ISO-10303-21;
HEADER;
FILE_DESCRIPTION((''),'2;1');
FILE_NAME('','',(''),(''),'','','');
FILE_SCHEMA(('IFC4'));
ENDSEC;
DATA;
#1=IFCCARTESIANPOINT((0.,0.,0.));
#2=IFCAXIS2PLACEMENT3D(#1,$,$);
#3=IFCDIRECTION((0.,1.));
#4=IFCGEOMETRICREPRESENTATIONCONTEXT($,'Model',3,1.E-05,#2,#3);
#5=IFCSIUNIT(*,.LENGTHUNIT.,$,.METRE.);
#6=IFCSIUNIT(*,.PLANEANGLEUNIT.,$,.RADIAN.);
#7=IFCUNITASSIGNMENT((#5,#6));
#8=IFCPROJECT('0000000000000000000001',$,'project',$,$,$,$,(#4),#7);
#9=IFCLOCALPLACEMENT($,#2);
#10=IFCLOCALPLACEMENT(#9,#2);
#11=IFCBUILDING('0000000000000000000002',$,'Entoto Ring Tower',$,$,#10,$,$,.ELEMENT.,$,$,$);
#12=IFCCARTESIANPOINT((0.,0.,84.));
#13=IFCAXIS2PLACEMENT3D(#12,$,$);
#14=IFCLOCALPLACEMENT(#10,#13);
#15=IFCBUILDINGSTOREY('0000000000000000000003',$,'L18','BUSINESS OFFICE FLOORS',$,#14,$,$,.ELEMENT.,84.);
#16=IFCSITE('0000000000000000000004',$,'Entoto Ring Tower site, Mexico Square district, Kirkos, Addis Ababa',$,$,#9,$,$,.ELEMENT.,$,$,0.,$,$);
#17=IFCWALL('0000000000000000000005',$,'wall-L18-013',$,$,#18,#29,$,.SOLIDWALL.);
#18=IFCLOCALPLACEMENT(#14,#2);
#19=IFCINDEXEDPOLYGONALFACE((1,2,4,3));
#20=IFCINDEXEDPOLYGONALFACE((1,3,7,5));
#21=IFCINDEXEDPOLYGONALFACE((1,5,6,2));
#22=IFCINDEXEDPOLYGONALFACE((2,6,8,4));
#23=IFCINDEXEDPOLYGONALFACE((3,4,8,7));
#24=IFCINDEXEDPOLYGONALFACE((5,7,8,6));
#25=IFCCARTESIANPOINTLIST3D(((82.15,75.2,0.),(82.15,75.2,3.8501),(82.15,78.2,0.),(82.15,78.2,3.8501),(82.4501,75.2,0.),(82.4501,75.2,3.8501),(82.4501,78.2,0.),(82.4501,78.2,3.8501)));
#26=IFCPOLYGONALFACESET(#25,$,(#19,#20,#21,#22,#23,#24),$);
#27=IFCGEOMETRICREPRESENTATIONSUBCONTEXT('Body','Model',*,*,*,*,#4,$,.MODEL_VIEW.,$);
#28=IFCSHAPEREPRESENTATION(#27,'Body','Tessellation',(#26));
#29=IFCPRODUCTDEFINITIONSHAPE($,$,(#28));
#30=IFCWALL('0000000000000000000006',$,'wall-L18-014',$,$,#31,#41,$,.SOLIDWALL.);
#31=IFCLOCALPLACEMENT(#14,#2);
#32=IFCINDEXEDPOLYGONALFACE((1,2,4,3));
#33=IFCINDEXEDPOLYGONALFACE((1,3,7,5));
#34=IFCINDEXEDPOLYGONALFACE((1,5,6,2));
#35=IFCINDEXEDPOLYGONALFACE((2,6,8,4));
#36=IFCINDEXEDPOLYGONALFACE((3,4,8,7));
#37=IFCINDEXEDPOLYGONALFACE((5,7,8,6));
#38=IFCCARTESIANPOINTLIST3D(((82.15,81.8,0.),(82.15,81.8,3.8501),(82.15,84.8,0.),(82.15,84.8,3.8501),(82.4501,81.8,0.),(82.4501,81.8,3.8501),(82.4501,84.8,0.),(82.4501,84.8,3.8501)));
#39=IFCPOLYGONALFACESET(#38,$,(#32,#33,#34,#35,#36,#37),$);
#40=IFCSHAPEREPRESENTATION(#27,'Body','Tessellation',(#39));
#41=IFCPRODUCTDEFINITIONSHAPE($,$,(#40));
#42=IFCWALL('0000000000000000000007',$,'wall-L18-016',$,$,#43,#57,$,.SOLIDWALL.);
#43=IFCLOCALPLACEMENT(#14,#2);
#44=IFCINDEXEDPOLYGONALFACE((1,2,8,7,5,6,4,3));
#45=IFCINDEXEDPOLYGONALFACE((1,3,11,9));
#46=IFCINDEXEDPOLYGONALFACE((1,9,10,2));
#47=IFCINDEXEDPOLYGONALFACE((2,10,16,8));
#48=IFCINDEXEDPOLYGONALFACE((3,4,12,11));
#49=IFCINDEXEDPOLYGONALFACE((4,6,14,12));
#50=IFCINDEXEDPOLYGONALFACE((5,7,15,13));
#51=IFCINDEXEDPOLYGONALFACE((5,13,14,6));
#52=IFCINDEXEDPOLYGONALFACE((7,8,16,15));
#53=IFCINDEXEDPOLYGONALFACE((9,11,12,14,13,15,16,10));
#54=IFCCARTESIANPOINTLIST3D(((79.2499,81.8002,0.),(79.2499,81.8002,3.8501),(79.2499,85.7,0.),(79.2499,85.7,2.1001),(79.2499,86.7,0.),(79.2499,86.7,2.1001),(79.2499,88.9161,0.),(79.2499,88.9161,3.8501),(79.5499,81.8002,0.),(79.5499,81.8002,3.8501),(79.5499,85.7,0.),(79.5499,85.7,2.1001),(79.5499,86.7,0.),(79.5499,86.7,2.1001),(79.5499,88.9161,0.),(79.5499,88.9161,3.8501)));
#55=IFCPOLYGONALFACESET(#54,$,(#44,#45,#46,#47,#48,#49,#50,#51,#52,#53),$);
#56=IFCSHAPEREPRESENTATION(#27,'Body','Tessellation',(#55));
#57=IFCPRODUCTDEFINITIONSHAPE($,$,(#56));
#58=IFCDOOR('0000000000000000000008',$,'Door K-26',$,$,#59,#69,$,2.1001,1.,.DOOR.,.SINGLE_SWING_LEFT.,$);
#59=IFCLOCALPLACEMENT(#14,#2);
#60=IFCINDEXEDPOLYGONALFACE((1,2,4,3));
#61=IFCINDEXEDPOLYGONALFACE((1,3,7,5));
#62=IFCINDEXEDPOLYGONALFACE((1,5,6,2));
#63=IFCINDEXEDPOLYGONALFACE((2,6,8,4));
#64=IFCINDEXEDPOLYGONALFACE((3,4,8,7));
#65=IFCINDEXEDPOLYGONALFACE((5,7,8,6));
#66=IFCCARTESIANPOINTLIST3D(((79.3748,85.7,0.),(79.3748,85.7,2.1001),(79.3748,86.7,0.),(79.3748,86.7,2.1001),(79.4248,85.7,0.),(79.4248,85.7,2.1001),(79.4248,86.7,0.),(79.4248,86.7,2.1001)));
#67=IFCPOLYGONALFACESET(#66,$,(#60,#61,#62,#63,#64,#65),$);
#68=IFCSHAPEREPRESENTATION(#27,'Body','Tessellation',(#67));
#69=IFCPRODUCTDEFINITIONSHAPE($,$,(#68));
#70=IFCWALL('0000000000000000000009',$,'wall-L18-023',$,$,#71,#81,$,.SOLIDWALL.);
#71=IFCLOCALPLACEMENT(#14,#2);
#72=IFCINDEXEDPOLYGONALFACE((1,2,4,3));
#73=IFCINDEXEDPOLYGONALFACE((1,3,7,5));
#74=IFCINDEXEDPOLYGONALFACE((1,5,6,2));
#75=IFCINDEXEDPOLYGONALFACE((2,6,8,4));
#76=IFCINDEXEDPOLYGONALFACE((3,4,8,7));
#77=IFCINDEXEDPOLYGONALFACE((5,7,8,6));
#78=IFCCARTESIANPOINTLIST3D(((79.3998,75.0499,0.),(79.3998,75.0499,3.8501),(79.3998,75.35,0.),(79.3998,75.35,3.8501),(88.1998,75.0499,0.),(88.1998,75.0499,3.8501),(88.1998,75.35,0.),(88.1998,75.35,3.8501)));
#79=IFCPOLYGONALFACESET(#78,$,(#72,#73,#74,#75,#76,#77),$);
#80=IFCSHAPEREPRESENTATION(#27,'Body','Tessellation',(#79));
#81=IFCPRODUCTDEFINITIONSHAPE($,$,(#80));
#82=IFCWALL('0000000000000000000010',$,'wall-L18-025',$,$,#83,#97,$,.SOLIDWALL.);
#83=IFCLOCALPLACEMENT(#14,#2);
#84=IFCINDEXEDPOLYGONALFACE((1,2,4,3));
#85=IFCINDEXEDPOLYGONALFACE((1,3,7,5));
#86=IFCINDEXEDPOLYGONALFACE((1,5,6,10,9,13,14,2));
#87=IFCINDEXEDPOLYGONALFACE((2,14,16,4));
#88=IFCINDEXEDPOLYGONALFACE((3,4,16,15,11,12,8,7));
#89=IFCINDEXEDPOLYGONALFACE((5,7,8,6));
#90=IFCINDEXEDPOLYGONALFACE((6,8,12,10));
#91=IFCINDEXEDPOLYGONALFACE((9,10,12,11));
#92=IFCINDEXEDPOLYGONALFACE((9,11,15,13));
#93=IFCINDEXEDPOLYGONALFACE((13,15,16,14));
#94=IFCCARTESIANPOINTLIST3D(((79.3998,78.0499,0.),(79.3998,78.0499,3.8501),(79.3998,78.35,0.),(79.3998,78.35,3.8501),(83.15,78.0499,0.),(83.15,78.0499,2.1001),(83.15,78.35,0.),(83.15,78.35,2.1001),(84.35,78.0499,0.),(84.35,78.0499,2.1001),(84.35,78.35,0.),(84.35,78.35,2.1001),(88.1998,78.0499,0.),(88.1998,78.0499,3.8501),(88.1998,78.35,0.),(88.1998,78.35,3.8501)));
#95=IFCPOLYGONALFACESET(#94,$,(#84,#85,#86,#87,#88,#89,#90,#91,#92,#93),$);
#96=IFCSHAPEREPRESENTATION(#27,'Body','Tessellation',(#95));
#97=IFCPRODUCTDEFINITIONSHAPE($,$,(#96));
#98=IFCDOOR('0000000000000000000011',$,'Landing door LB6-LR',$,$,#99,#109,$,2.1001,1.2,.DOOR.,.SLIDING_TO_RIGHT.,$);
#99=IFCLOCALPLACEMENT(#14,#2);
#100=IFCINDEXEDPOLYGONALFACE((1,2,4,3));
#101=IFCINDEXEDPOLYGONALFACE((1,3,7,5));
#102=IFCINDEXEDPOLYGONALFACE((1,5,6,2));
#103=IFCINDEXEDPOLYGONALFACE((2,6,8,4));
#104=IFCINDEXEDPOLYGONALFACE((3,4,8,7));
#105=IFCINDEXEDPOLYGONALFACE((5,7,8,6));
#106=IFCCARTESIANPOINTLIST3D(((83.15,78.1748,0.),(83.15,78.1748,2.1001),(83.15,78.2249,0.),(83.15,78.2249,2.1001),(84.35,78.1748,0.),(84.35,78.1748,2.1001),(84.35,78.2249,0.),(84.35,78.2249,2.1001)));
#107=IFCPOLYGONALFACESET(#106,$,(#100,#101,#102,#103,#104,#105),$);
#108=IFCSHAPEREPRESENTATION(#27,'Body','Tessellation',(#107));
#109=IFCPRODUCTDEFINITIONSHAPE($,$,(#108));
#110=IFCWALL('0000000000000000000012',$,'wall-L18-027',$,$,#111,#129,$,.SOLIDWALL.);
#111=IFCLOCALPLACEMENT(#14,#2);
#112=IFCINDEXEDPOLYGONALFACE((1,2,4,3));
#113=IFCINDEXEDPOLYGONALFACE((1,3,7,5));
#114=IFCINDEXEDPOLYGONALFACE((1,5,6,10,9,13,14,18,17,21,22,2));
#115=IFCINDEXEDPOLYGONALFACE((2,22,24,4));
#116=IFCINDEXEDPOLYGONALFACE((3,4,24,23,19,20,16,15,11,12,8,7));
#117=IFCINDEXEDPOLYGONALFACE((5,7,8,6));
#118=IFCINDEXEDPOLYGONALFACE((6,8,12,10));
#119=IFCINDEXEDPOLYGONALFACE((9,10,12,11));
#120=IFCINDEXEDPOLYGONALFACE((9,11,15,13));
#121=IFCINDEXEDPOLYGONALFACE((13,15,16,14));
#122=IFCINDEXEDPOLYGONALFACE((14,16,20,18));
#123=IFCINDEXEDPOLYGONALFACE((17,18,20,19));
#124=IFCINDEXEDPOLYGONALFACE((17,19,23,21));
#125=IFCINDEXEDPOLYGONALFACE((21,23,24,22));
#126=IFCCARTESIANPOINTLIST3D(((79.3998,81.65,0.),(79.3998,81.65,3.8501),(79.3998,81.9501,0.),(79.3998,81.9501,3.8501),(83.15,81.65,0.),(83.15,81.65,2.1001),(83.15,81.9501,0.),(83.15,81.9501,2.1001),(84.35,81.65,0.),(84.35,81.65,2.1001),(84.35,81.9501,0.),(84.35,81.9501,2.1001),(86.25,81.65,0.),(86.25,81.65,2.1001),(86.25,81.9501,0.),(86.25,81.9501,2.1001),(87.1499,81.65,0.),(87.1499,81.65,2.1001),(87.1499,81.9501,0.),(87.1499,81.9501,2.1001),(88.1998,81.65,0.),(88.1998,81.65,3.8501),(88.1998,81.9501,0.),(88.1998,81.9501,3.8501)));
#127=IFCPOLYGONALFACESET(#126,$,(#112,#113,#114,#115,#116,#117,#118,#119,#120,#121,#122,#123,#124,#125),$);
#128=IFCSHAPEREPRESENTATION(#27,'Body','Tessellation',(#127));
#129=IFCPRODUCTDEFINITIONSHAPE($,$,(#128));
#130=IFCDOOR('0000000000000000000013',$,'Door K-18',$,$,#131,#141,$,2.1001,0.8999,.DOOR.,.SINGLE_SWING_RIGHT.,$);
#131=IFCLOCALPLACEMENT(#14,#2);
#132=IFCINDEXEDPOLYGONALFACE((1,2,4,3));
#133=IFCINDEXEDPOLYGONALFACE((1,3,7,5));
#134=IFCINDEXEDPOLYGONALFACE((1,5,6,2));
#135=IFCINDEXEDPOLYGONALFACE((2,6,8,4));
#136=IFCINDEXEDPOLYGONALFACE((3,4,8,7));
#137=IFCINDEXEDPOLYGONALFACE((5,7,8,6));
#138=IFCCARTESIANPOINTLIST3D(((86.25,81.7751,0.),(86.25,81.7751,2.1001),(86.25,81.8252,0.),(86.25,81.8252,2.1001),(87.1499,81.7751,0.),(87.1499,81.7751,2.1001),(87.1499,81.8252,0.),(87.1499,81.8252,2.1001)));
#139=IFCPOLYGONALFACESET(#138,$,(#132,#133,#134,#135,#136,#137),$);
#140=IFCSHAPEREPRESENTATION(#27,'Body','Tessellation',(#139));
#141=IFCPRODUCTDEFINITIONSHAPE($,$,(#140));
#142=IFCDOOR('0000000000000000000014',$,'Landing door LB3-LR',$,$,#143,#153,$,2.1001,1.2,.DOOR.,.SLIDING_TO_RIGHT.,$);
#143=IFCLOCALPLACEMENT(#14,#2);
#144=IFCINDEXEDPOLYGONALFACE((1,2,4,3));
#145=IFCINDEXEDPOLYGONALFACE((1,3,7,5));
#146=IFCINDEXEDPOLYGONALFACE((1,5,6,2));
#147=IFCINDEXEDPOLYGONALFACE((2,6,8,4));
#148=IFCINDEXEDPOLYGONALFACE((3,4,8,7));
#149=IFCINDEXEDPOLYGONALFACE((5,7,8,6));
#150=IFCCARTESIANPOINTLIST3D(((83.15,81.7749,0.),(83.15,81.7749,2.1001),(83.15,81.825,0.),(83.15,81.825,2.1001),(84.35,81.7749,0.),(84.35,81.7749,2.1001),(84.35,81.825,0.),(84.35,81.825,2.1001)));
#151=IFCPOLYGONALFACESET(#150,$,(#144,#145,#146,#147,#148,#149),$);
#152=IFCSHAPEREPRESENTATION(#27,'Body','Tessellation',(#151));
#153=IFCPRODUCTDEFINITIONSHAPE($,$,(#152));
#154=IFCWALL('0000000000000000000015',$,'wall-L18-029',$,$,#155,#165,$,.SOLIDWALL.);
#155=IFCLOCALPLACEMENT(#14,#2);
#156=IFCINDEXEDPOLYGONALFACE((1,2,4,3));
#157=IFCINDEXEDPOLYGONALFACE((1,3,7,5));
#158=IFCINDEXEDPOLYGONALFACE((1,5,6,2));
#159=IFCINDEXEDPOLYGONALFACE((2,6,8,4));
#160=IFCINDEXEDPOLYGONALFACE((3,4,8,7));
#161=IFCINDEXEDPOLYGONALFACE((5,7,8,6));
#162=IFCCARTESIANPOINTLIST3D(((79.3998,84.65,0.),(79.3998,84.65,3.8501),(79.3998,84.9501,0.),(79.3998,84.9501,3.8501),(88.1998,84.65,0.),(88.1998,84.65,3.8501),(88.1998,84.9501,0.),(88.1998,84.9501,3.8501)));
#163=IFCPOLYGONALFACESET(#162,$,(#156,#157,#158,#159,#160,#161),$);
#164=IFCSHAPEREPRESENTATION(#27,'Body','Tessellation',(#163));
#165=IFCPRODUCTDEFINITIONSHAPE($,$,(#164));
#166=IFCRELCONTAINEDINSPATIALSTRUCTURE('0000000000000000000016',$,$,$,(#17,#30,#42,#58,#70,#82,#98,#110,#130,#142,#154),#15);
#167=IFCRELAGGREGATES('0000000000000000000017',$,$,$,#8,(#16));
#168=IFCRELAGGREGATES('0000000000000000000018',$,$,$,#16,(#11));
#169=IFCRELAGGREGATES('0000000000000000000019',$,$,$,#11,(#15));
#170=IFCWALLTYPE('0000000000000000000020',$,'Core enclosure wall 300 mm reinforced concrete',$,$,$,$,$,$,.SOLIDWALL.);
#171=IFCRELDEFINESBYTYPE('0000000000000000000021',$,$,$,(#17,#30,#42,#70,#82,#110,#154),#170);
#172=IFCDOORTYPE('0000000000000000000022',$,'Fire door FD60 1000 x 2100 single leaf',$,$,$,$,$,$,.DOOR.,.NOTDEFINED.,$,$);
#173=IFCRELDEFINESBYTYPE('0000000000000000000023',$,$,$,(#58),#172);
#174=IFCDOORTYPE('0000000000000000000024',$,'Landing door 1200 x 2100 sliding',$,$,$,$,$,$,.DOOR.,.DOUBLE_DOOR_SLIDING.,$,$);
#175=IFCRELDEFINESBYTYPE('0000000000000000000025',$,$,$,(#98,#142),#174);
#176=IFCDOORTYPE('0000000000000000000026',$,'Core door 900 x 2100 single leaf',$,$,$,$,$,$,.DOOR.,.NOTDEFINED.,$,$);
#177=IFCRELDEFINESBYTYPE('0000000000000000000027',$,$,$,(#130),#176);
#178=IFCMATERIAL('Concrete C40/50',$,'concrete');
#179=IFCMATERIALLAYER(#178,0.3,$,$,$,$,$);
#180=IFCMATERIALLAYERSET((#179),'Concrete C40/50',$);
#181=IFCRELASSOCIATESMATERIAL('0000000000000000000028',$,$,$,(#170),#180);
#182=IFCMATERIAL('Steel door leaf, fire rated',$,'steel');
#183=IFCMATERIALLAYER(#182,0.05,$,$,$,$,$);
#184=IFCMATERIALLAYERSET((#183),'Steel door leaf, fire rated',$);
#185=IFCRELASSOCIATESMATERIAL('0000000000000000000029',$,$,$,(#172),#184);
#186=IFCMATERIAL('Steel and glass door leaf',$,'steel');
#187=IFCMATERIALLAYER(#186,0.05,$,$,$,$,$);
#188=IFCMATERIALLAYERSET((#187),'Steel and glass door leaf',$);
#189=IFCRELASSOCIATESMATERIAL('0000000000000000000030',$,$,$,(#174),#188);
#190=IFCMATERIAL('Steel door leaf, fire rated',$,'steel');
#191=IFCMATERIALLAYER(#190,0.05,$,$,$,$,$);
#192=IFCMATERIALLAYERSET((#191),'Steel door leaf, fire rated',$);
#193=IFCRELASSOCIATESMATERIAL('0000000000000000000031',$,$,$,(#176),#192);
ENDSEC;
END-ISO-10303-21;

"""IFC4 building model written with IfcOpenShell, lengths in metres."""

from ifc_helpers import new_model, si_unit, direction, frame, frame_2d, origin, place, context, subcontext, project, spatial, rectangle, extrude, material, layer, layer_set, type_object, element, fill, save


model = new_model("IFC4")

# Units and contexts
model_context = context("Model", 3, precision=1e-05, world=origin(), true_north=direction((0.0, 1.0)))
body_context = subcontext(model_context, "Body", "Model", "MODEL_VIEW")
ifc_project = project(units=[si_unit("LENGTHUNIT", "METRE"), si_unit("PLANEANGLEUNIT", "RADIAN")], contexts=[model_context])

# Site, building, storey
site_placement = place(None, origin())
site = spatial("IfcSite", under=ifc_project, at=site_placement, Name="Entoto Ring Tower site, Mexico Square district, Kirkos, Addis Ababa", CompositionType="ELEMENT", RefElevation=0.0)
building_placement = place(site_placement, origin())
building = spatial("IfcBuilding", under=site, at=building_placement, Name="Entoto Ring Tower", CompositionType="ELEMENT")
storey_placement = place(building_placement, frame((0.0, 0.0, 84.0)))
storey = spatial("IfcBuildingStorey", under=building, at=storey_placement, Name="L18", Description="BUSINESS OFFICE FLOORS", CompositionType="ELEMENT", Elevation=84.0)

# Walls
ifc_material_1 = material(Name="Concrete C40/50", Category="concrete")
ifc_layer_1 = layer(ifc_material_1, 0.3)
ifc_layer_set_1 = layer_set([ifc_layer_1], Name="Concrete C40/50")
wall_type_1 = type_object("IfcWallType", Name="Core enclosure wall 300 mm reinforced concrete", PredefinedType="SOLIDWALL", material=ifc_layer_set_1)
for number, where, z_axis, x_axis, name in (
    (1, (82.3, 75.2, 0.0), (0.0, 0.0, 1.0), (0.0, 1.0, 0.0), "wall-L18-013"),
    (2, (82.3, 81.8, 0.0), (0.0, 0.0, 1.0), (0.0, 1.0, 0.0), "wall-L18-014"),
):
    element("IfcWall", number, at=place(storey_placement, frame(where, z_axis=z_axis, x_axis=x_axis)), inside=storey, type_object=wall_type_1, Name=name, PredefinedType="SOLIDWALL", context=body_context, shape_type="SweptSolid", body=[
        extrude(rectangle(XDim=3.0, YDim=0.3, at=frame_2d((1.5, 0.0))), origin(), (0.0, 0.0, 1.0), 3.8501),
    ])

# Wall, opening, door
wall_1_placement = place(storey_placement, frame((79.3999, 81.8, 0.0), z_axis=(0.0, 0.0, 1.0), x_axis=(0.0, 1.0, 0.0)))
wall_1 = element("IfcWall", 3, at=wall_1_placement, inside=storey, type_object=wall_type_1, Name="wall-L18-016", PredefinedType="SOLIDWALL", context=body_context, shape_type="SweptSolid", body=[
    extrude(rectangle(XDim=7.116, YDim=0.3, at=frame_2d((3.5581, 0.0))), origin(), (0.0, 0.0, 1.0), 3.8501),
])
opening_1_placement = place(wall_1_placement, frame((3.8999, 0.0, 0.0)))
opening_1 = element("IfcOpeningElement", 4, at=opening_1_placement, cuts=wall_1, PredefinedType="OPENING", context=body_context, shape_type="SweptSolid", body=[
    extrude(rectangle(XDim=1.0, YDim=2.1001, at=frame_2d((0.5, 1.05))), frame((0.0, 0.1602, 0.0), z_axis=(0.0, -1.0, 0.0), x_axis=(1.0, 0.0, 0.0)), (0.0, 0.0, 1.0), 0.3201),
])
ifc_material_2 = material(Name="Steel door leaf, fire rated", Category="steel")
ifc_layer_2 = layer(ifc_material_2, 0.05)
ifc_layer_set_2 = layer_set([ifc_layer_2], Name="Steel door leaf, fire rated")
door_type_1 = type_object("IfcDoorType", Name="Fire door FD60 1000 x 2100 single leaf", OperationType="NOTDEFINED", PredefinedType="DOOR", material=ifc_layer_set_2)
door_1_placement = place(opening_1_placement, frame((1.0, 0.0, 0.0), z_axis=(0.0, 0.0, 1.0), x_axis=(-1.0, 0.0, 0.0)))
door_1 = element("IfcDoor", 5, at=door_1_placement, inside=storey, type_object=door_type_1, Name="Door K-26", OperationType="SINGLE_SWING_LEFT", OverallHeight=2.1001, OverallWidth=1.0, PredefinedType="DOOR", context=body_context, shape_type="SweptSolid", body=[
    extrude(rectangle(XDim=1.0, YDim=2.1001, at=frame_2d((0.5, 1.05))), frame((0.0, 0.0249, 0.0), z_axis=(0.0, -1.0, 0.0), x_axis=(1.0, 0.0, 0.0)), (0.0, 0.0, 1.0), 0.05),
])
fill(opening_1, door_1)

# Wall
wall_2_placement = place(storey_placement, frame((79.3999, 75.2, 0.0), z_axis=(0.0, 0.0, 1.0), x_axis=(1.0, 0.0, 0.0)))
element("IfcWall", 6, at=wall_2_placement, inside=storey, type_object=wall_type_1, Name="wall-L18-023", PredefinedType="SOLIDWALL", context=body_context, shape_type="SweptSolid", body=[
    extrude(rectangle(XDim=8.8, YDim=0.3, at=frame_2d((4.3999, 0.0))), origin(), (0.0, 0.0, 1.0), 3.8501),
])

# Wall, opening, door
wall_3_placement = place(storey_placement, frame((79.3999, 78.2, 0.0), z_axis=(0.0, 0.0, 1.0), x_axis=(1.0, 0.0, 0.0)))
wall_3 = element("IfcWall", 7, at=wall_3_placement, inside=storey, type_object=wall_type_1, Name="wall-L18-025", PredefinedType="SOLIDWALL", context=body_context, shape_type="SweptSolid", body=[
    extrude(rectangle(XDim=8.8, YDim=0.3, at=frame_2d((4.3999, 0.0))), origin(), (0.0, 0.0, 1.0), 3.8501),
])
opening_2_placement = place(wall_3_placement, frame((3.75, 0.0, 0.0)))
opening_2 = element("IfcOpeningElement", 8, at=opening_2_placement, cuts=wall_3, PredefinedType="OPENING", context=body_context, shape_type="SweptSolid", body=[
    extrude(rectangle(XDim=1.2, YDim=2.1001, at=frame_2d((0.6001, 1.05))), frame((0.0, 0.1602, 0.0), z_axis=(0.0, -1.0, 0.0), x_axis=(1.0, 0.0, 0.0)), (0.0, 0.0, 1.0), 0.3201),
])
ifc_material_3 = material(Name="Steel and glass door leaf", Category="steel")
ifc_layer_3 = layer(ifc_material_3, 0.05)
ifc_layer_set_3 = layer_set([ifc_layer_3], Name="Steel and glass door leaf")
door_type_2 = type_object("IfcDoorType", Name="Landing door 1200 x 2100 sliding", OperationType="DOUBLE_DOOR_SLIDING", PredefinedType="DOOR", material=ifc_layer_set_3)
door_2_placement = place(opening_2_placement, origin())
door_2 = element("IfcDoor", 9, at=door_2_placement, inside=storey, type_object=door_type_2, Name="Landing door LB6-LR", OperationType="SLIDING_TO_RIGHT", OverallHeight=2.1001, OverallWidth=1.2, PredefinedType="DOOR", context=body_context, shape_type="SweptSolid", body=[
    extrude(rectangle(XDim=1.2, YDim=2.1001, at=frame_2d((0.6001, 1.05))), frame((0.0, 0.0249, 0.0), z_axis=(0.0, -1.0, 0.0), x_axis=(1.0, 0.0, 0.0)), (0.0, 0.0, 1.0), 0.05),
])
fill(opening_2, door_2)

# Wall, openings, doors
wall_4_placement = place(storey_placement, frame((79.3999, 81.8, 0.0), z_axis=(0.0, 0.0, 1.0), x_axis=(1.0, 0.0, 0.0)))
wall_4 = element("IfcWall", 10, at=wall_4_placement, inside=storey, type_object=wall_type_1, Name="wall-L18-027", PredefinedType="SOLIDWALL", context=body_context, shape_type="SweptSolid", body=[
    extrude(rectangle(XDim=8.8, YDim=0.3, at=frame_2d((4.3999, 0.0))), origin(), (0.0, 0.0, 1.0), 3.8501),
])
opening_3_placement = place(wall_4_placement, frame((3.75, 0.0, 0.0)))
opening_3 = element("IfcOpeningElement", 11, at=opening_3_placement, cuts=wall_4, PredefinedType="OPENING", context=body_context, shape_type="SweptSolid", body=[
    extrude(rectangle(XDim=1.2, YDim=2.1001, at=frame_2d((0.6001, 1.05))), frame((0.0, 0.1602, 0.0), z_axis=(0.0, -1.0, 0.0), x_axis=(1.0, 0.0, 0.0)), (0.0, 0.0, 1.0), 0.3201),
])
opening_4_placement = place(wall_4_placement, frame((6.8501, 0.0, 0.0)))
opening_4 = element("IfcOpeningElement", 12, at=opening_4_placement, cuts=wall_4, PredefinedType="OPENING", context=body_context, shape_type="SweptSolid", body=[
    extrude(rectangle(XDim=0.8999, YDim=2.1001, at=frame_2d((0.45, 1.05))), frame((0.0, 0.1602, 0.0), z_axis=(0.0, -1.0, 0.0), x_axis=(1.0, 0.0, 0.0)), (0.0, 0.0, 1.0), 0.3201),
])
ifc_material_4 = material(Name="Steel door leaf, fire rated", Category="steel")
ifc_layer_4 = layer(ifc_material_4, 0.05)
ifc_layer_set_4 = layer_set([ifc_layer_4], Name="Steel door leaf, fire rated")
door_type_3 = type_object("IfcDoorType", Name="Core door 900 x 2100 single leaf", OperationType="NOTDEFINED", PredefinedType="DOOR", material=ifc_layer_set_4)
door_3_placement = place(opening_4_placement, frame((0.8999, 0.0, 0.0), z_axis=(0.0, 0.0, 1.0), x_axis=(-1.0, 0.0, 0.0)))
door_3 = element("IfcDoor", 13, at=door_3_placement, inside=storey, type_object=door_type_3, Name="Door K-18", OperationType="SINGLE_SWING_RIGHT", OverallHeight=2.1001, OverallWidth=0.8999, PredefinedType="DOOR", context=body_context, shape_type="SweptSolid", body=[
    extrude(rectangle(XDim=0.8999, YDim=2.1001, at=frame_2d((0.45, 1.05))), frame((0.0, 0.0249, 0.0), z_axis=(0.0, -1.0, 0.0), x_axis=(1.0, 0.0, 0.0)), (0.0, 0.0, 1.0), 0.05),
])
fill(opening_4, door_3)
door_4_placement = place(opening_3_placement, origin())
door_4 = element("IfcDoor", 14, at=door_4_placement, inside=storey, type_object=door_type_2, Name="Landing door LB3-LR", OperationType="SLIDING_TO_RIGHT", OverallHeight=2.1001, OverallWidth=1.2, PredefinedType="DOOR", context=body_context, shape_type="SweptSolid", body=[
    extrude(rectangle(XDim=1.2, YDim=2.1001, at=frame_2d((0.6001, 1.05))), frame((0.0, 0.0249, 0.0), z_axis=(0.0, -1.0, 0.0), x_axis=(1.0, 0.0, 0.0)), (0.0, 0.0, 1.0), 0.05),
])
fill(opening_3, door_4)

# Wall
wall_5_placement = place(storey_placement, frame((79.3999, 84.8, 0.0), z_axis=(0.0, 0.0, 1.0), x_axis=(1.0, 0.0, 0.0)))
element("IfcWall", 15, at=wall_5_placement, inside=storey, type_object=wall_type_1, Name="wall-L18-029", PredefinedType="SOLIDWALL", context=body_context, shape_type="SweptSolid", body=[
    extrude(rectangle(XDim=8.8, YDim=0.3, at=frame_2d((4.3999, 0.0))), origin(), (0.0, 0.0, 1.0), 3.8501),
])

save(model, "model.ifc")
